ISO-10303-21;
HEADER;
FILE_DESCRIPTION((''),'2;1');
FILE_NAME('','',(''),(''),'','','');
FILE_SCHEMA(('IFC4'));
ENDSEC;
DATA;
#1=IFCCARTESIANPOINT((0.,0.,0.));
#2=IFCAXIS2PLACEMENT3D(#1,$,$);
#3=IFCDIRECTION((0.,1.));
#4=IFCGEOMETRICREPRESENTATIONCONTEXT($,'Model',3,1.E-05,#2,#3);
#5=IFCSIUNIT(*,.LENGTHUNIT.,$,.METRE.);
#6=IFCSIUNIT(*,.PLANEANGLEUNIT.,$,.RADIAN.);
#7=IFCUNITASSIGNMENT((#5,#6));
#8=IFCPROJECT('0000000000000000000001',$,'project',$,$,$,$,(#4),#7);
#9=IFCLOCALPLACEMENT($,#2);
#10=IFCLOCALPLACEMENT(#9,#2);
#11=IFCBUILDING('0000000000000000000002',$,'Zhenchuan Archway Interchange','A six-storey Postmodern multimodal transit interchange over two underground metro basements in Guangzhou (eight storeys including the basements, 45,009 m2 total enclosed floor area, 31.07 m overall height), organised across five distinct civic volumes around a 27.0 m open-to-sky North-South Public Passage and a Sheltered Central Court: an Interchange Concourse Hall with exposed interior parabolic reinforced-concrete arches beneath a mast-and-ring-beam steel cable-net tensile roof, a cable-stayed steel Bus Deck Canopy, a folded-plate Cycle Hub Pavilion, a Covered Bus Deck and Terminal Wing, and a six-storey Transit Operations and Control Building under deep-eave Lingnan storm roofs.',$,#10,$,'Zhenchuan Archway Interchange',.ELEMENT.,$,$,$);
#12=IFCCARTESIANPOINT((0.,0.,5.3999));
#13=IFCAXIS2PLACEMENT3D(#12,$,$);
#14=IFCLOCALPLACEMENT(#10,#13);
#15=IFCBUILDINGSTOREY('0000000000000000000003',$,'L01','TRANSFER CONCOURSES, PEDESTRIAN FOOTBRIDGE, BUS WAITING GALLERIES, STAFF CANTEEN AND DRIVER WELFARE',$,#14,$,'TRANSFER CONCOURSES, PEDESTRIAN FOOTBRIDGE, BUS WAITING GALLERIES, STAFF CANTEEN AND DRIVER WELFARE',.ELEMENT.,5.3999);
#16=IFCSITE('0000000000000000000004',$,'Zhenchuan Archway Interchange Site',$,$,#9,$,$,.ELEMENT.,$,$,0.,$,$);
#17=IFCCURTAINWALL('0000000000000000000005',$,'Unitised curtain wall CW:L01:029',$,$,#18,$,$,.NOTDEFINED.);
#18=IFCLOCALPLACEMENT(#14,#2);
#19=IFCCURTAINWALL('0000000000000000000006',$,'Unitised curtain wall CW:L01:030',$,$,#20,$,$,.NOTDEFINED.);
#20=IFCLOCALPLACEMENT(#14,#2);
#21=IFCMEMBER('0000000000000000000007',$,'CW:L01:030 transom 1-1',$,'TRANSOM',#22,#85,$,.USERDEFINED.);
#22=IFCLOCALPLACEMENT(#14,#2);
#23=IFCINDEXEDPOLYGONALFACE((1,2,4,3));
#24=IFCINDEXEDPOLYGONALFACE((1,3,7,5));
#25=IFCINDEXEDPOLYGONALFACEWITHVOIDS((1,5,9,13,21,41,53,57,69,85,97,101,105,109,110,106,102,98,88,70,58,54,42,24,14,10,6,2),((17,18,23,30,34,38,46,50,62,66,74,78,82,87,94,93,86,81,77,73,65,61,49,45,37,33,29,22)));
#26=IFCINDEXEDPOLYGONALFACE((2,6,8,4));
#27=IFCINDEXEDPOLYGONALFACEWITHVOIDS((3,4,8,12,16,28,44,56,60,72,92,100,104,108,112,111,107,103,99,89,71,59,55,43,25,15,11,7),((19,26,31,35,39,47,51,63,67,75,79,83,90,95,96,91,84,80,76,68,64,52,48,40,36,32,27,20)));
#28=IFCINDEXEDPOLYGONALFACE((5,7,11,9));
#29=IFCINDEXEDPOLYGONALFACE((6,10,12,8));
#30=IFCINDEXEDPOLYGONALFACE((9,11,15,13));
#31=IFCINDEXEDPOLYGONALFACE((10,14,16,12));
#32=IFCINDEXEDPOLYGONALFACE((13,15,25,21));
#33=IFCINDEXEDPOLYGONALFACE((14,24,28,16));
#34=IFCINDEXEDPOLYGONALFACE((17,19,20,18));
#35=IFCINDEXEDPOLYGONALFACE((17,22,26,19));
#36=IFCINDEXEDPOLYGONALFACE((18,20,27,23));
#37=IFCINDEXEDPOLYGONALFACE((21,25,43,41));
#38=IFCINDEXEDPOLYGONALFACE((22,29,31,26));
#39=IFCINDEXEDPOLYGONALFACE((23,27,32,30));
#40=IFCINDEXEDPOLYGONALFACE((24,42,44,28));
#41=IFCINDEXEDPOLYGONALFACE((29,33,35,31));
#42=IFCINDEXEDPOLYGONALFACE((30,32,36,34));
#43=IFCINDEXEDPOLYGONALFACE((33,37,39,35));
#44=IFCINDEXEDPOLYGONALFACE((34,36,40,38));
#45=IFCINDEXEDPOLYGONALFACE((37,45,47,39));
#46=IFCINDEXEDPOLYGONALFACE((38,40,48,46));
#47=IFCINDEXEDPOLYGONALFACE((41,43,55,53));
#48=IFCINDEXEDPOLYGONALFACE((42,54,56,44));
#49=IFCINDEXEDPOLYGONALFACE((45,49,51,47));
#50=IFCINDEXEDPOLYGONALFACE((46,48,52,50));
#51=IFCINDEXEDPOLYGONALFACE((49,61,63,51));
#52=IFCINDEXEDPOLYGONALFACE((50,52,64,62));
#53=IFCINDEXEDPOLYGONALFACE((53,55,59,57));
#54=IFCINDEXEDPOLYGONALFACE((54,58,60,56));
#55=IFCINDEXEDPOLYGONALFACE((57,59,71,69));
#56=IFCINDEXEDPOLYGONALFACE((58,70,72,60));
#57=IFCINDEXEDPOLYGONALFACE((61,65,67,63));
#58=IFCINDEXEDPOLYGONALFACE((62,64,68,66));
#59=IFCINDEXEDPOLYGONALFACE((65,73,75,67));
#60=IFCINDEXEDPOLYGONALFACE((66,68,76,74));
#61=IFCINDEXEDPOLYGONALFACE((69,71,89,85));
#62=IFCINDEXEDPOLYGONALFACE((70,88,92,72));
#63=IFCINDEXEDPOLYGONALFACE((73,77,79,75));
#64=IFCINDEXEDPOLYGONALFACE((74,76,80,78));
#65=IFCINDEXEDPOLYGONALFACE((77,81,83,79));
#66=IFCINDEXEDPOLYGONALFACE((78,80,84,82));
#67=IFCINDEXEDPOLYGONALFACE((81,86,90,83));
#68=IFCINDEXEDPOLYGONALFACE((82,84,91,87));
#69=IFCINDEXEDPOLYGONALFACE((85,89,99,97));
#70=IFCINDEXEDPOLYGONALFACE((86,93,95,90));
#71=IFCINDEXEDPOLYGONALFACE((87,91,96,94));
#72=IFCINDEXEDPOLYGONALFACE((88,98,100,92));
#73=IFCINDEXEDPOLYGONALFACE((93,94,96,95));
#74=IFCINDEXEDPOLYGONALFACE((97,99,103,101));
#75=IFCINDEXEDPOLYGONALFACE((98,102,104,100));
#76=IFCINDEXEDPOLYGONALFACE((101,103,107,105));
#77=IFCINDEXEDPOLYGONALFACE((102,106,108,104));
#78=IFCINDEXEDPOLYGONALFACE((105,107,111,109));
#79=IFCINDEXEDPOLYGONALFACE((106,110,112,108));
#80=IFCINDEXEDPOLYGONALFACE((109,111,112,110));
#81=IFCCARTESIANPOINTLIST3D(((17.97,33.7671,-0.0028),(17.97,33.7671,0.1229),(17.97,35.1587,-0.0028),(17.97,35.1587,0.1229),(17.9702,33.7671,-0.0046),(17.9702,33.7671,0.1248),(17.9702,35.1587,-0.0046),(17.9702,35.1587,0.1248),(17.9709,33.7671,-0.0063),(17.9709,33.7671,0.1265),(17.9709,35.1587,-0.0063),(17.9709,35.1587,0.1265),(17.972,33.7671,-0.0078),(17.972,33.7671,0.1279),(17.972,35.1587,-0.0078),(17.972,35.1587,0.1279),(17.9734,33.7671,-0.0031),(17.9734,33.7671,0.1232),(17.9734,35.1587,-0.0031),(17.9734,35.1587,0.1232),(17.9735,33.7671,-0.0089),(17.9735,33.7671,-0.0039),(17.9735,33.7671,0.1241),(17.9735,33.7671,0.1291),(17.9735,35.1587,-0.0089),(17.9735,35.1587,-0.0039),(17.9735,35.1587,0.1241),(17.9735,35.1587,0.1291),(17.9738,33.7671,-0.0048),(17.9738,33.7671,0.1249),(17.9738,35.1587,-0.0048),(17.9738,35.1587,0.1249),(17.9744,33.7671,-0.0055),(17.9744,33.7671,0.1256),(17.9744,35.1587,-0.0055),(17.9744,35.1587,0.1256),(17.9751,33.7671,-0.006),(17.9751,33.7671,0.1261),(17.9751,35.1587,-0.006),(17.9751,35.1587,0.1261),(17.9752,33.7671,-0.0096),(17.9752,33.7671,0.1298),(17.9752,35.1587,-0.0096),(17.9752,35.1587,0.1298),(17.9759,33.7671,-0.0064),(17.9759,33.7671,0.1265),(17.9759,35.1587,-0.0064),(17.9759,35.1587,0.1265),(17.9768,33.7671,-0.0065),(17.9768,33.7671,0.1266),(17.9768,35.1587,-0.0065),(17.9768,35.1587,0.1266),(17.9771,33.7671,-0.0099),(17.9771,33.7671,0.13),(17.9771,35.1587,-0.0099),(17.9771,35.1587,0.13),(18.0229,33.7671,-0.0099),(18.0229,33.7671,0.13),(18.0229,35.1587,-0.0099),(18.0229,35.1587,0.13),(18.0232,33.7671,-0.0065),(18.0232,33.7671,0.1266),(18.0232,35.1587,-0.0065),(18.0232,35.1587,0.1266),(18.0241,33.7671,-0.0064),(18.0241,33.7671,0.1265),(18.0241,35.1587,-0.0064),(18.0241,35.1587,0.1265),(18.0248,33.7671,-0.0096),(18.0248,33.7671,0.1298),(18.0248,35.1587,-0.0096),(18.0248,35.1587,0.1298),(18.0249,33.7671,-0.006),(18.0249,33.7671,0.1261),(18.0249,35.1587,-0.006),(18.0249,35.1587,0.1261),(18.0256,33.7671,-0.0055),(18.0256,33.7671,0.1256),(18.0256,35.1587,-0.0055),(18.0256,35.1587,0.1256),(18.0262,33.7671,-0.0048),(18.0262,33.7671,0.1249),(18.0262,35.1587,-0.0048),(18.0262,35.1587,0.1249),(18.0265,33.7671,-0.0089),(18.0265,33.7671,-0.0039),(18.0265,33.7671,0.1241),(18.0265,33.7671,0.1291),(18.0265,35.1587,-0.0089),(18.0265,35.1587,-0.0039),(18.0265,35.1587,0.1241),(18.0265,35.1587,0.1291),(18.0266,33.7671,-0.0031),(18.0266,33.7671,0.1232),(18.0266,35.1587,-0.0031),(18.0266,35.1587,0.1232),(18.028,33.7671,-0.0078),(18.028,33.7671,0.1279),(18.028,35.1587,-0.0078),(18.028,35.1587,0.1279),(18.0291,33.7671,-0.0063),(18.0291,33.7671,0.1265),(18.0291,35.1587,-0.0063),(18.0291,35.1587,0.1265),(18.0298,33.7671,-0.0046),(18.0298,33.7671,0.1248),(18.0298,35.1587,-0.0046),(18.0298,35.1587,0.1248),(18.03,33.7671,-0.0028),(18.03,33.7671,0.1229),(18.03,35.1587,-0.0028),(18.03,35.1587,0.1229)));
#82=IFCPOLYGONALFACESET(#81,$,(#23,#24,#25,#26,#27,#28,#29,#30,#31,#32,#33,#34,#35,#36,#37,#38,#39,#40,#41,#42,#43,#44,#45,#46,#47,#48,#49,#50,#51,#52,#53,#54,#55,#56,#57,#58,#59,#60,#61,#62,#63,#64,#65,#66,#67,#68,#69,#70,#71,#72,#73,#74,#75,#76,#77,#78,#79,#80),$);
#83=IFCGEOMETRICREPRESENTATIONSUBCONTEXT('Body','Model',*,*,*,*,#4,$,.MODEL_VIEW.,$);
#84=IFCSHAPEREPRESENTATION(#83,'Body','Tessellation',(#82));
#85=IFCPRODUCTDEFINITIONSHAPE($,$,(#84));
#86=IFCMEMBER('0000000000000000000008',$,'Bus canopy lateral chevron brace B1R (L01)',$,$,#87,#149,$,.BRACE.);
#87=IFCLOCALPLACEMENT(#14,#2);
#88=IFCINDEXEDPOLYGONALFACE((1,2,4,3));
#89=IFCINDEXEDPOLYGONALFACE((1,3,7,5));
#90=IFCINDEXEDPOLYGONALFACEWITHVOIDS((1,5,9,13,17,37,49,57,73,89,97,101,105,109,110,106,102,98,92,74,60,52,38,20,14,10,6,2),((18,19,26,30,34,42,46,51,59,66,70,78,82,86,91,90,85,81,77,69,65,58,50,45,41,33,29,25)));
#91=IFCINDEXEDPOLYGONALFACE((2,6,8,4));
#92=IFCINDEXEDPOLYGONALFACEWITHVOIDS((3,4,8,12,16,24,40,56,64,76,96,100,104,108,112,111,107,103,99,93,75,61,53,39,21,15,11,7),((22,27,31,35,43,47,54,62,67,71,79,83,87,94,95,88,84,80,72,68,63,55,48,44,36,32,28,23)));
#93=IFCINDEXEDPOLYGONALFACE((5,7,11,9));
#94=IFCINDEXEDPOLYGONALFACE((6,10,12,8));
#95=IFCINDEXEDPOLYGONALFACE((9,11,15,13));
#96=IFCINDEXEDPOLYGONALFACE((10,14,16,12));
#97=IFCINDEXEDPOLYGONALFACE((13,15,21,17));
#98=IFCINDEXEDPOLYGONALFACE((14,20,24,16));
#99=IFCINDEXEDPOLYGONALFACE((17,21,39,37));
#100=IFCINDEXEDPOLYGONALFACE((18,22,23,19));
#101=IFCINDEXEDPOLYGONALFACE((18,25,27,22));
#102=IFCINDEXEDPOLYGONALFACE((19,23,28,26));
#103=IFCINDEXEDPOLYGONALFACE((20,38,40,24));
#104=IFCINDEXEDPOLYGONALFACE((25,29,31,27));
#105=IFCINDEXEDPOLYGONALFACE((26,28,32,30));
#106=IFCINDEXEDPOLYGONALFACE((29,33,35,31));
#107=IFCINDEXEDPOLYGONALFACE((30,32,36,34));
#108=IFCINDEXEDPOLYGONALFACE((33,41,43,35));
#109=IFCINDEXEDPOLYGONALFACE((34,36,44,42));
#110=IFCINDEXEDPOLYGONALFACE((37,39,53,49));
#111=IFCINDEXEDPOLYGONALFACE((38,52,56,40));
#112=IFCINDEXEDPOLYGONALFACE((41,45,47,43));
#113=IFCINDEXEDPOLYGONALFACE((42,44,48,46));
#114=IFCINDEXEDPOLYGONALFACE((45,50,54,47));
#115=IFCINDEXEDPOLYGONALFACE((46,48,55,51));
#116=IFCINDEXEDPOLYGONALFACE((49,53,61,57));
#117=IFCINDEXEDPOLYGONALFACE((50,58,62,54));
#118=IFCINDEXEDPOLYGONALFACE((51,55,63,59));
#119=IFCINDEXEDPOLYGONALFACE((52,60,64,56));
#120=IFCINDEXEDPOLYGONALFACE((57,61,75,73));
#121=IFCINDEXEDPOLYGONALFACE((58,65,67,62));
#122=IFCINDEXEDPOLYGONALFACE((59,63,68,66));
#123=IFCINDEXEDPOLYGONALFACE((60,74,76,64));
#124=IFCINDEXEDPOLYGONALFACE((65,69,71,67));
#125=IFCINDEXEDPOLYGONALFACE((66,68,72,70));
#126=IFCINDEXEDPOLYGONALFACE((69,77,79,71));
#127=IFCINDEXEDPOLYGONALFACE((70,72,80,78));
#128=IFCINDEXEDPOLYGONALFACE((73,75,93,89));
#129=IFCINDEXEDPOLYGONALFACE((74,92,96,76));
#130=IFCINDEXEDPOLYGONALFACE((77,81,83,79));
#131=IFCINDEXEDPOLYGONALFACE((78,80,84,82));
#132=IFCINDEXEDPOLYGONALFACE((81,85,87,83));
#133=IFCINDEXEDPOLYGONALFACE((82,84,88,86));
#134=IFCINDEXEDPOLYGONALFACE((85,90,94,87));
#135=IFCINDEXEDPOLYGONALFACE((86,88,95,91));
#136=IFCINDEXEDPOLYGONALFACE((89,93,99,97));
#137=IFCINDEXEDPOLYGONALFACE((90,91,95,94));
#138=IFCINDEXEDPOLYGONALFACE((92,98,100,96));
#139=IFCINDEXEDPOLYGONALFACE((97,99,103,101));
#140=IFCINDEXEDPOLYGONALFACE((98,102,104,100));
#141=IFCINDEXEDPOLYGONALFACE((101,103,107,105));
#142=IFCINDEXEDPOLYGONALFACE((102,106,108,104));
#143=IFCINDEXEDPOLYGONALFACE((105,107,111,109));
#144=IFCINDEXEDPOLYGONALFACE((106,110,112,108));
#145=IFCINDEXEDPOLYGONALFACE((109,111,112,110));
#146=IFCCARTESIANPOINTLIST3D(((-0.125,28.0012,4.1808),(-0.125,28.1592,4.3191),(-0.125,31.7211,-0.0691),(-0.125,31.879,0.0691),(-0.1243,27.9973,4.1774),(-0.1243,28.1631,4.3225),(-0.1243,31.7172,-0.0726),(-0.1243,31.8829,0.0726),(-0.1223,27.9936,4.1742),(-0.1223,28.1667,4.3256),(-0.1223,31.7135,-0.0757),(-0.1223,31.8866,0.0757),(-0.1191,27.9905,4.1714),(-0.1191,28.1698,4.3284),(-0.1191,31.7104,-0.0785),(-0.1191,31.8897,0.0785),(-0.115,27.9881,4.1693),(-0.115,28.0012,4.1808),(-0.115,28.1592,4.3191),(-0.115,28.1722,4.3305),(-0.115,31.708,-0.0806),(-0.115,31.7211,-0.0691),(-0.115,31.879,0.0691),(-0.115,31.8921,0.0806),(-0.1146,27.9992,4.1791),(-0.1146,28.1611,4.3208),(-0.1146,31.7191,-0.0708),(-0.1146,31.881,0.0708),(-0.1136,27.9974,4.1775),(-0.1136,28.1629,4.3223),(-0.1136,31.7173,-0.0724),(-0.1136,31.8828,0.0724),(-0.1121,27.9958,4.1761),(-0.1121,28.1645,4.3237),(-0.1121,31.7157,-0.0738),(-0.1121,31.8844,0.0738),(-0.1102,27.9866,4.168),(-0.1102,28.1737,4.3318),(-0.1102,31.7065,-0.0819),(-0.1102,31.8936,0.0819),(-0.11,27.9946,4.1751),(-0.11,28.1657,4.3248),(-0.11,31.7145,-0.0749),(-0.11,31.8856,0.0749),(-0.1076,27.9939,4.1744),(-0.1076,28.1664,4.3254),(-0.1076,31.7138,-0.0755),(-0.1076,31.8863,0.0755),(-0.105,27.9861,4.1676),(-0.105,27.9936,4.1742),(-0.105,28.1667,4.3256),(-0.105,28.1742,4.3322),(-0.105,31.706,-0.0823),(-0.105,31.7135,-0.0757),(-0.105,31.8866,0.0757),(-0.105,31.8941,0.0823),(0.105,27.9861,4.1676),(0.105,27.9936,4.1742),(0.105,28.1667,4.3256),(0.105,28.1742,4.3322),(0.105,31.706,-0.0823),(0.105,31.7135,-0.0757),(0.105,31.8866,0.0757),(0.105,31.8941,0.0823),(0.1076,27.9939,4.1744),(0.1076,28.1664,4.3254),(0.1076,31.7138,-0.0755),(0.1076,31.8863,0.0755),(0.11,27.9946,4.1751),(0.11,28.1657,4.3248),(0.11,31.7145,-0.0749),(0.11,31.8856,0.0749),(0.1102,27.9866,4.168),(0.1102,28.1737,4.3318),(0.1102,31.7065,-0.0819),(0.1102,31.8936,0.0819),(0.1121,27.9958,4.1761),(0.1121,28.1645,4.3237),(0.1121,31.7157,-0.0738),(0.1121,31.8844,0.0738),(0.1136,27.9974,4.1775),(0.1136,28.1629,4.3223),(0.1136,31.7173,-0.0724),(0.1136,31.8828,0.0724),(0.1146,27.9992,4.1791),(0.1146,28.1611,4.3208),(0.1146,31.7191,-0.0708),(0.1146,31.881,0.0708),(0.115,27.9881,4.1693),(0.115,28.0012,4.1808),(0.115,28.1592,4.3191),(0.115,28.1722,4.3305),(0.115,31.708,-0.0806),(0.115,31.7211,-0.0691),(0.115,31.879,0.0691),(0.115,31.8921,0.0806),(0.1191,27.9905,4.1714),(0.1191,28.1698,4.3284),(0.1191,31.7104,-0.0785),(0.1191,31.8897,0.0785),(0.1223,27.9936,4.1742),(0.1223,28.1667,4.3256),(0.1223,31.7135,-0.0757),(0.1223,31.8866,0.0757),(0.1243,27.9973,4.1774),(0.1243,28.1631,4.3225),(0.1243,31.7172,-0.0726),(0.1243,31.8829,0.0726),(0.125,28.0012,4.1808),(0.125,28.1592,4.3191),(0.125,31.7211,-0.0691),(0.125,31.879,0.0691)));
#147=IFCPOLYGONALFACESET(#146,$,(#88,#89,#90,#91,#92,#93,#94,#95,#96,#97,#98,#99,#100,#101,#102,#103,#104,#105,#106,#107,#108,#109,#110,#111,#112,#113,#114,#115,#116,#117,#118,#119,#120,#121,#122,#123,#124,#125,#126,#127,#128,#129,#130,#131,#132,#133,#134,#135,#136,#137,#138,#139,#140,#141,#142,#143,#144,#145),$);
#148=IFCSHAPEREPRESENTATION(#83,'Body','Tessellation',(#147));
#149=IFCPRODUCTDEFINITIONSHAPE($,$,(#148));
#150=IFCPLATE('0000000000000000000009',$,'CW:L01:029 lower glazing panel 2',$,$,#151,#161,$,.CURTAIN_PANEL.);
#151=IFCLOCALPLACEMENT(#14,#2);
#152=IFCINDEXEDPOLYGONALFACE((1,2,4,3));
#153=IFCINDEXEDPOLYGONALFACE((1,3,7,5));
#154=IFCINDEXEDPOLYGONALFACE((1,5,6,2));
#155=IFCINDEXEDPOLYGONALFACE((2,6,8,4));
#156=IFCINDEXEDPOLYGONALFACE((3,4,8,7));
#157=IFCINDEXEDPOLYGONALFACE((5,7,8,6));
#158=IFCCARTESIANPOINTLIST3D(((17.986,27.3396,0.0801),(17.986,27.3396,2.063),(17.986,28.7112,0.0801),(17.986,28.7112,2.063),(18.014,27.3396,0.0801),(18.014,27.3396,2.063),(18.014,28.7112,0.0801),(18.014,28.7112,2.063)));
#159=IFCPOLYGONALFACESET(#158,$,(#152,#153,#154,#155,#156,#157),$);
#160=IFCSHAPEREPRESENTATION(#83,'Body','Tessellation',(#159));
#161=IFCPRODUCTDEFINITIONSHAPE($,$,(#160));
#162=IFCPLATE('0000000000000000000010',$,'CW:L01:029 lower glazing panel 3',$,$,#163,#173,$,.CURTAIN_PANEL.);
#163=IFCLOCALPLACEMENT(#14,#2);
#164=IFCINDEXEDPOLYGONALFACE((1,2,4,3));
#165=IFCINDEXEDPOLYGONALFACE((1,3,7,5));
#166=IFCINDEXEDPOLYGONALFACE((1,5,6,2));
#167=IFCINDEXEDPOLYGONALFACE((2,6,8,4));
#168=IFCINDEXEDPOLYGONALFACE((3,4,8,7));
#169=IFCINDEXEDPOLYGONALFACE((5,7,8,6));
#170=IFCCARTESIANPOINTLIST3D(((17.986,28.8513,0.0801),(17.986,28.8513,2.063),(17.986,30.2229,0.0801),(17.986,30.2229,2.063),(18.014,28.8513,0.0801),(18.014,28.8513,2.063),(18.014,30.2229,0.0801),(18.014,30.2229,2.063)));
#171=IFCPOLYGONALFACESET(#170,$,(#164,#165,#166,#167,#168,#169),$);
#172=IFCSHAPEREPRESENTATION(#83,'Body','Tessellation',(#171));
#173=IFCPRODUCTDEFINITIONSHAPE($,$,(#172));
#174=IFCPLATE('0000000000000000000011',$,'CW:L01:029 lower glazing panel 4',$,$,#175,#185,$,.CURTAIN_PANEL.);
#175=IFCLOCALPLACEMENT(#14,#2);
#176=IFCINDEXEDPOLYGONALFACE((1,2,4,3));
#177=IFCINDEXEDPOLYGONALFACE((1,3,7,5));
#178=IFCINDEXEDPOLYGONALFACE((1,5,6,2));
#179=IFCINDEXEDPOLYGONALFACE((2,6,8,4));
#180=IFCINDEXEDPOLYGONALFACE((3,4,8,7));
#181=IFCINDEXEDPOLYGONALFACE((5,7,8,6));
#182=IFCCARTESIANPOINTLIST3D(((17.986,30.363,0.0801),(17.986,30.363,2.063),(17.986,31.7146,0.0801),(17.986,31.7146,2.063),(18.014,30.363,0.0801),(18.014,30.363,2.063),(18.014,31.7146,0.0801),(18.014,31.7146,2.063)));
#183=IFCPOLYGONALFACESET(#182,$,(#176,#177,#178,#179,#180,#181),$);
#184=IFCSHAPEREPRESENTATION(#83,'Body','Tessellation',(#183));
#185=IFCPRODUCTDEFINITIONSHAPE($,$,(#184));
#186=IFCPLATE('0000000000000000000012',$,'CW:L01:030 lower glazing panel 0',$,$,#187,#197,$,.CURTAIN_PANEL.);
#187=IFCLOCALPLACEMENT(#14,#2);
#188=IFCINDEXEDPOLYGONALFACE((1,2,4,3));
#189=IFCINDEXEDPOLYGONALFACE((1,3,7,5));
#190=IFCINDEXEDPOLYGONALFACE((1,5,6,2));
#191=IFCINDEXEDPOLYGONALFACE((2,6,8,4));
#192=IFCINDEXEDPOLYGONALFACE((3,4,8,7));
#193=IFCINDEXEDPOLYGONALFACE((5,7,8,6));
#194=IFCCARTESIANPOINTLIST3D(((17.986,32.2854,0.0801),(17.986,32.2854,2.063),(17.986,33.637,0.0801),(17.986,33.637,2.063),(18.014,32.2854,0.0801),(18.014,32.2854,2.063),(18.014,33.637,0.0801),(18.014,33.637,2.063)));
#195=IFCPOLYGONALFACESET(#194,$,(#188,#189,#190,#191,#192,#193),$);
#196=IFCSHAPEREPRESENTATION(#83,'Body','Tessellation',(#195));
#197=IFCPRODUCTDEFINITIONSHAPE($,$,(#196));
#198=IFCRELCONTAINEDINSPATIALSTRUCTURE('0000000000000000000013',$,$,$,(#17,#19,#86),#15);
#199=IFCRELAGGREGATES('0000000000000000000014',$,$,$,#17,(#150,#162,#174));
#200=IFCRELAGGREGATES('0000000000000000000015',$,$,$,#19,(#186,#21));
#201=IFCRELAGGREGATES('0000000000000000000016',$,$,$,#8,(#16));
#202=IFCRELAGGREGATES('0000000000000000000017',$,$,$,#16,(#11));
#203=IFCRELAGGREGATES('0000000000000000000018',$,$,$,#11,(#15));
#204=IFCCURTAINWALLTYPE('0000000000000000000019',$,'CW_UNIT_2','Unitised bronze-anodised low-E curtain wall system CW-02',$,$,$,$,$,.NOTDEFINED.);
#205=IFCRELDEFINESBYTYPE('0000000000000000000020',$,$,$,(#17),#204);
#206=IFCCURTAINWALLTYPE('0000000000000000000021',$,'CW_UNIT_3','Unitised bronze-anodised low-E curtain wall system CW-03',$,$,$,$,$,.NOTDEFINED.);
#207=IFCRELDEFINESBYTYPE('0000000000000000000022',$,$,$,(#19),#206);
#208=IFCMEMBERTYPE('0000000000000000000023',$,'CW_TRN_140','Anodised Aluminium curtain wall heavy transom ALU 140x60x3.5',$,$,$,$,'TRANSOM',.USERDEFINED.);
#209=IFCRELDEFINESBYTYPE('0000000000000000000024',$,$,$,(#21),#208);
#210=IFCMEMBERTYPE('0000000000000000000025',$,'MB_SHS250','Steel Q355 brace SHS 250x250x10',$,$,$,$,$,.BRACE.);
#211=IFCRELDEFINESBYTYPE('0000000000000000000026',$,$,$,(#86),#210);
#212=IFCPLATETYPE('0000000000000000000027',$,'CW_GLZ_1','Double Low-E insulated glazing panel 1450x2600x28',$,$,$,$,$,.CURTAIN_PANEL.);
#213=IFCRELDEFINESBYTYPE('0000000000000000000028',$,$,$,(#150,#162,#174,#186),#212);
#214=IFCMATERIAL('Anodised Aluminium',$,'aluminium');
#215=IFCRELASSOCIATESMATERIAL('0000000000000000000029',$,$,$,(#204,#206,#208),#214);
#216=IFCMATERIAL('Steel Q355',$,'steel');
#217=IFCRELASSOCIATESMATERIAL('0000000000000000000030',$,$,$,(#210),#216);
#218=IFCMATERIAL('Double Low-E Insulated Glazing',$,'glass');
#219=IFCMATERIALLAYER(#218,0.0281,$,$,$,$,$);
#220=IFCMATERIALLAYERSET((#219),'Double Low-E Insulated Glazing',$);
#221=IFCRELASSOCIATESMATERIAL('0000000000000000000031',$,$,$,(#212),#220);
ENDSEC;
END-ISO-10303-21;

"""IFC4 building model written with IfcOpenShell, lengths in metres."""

from ifc_helpers import new_model, si_unit, direction, frame, origin, origin_2d, place, context, subcontext, project, spatial, rectangle, hollow_rectangle, extrude, material, layer, layer_set, material_profile, profile_set, type_object, element, aggregate, save


model = new_model("IFC4")

# Units and contexts
model_context = context("Model", 3, precision=1e-05, world=origin(), true_north=direction((0.0, 1.0)))
body_context = subcontext(model_context, "Body", "Model", "MODEL_VIEW")
ifc_project = project(units=[si_unit("LENGTHUNIT", "METRE"), si_unit("PLANEANGLEUNIT", "RADIAN")], contexts=[model_context])

# Site, building, storey
site_placement = place(None, origin())
site = spatial("IfcSite", under=ifc_project, at=site_placement, Name="Zhenchuan Archway Interchange Site", CompositionType="ELEMENT", RefElevation=0.0)
building_placement = place(site_placement, origin())
building = spatial("IfcBuilding", under=site, at=building_placement, Name="Zhenchuan Archway Interchange", Description="A six-storey Postmodern multimodal transit interchange over two underground metro basements in Guangzhou (eight storeys including the basements, 45,009 m2 total enclosed floor area, 31.07 m overall height), organised across five distinct civic volumes around a 27.0 m open-to-sky North-South Public Passage and a Sheltered Central Court: an Interchange Concourse Hall with exposed interior parabolic reinforced-concrete arches beneath a mast-and-ring-beam steel cable-net tensile roof, a cable-stayed steel Bus Deck Canopy, a folded-plate Cycle Hub Pavilion, a Covered Bus Deck and Terminal Wing, and a six-storey Transit Operations and Control Building under deep-eave Lingnan storm roofs.", LongName="Zhenchuan Archway Interchange", CompositionType="ELEMENT")
storey_placement = place(building_placement, frame((0.0, 0.0, 5.3999)))
storey = spatial("IfcBuildingStorey", under=building, at=storey_placement, Name="L01", Description="TRANSFER CONCOURSES, PEDESTRIAN FOOTBRIDGE, BUS WAITING GALLERIES, STAFF CANTEEN AND DRIVER WELFARE", LongName="TRANSFER CONCOURSES, PEDESTRIAN FOOTBRIDGE, BUS WAITING GALLERIES, STAFF CANTEEN AND DRIVER WELFARE", CompositionType="ELEMENT", Elevation=5.3999)

# Curtain walls
ifc_material_1 = material(Name="Anodised Aluminium", Category="aluminium")
curtain_wall_type_1 = type_object("IfcCurtainWallType", Name="CW_UNIT_2", Description="Unitised bronze-anodised low-E curtain wall system CW-02", PredefinedType="NOTDEFINED", material=ifc_material_1)
curtain_wall_1_placement = place(storey_placement, origin())
curtain_wall_1 = element("IfcCurtainWall", 1, at=curtain_wall_1_placement, inside=storey, type_object=curtain_wall_type_1, Name="Unitised curtain wall CW:L01:029", PredefinedType="NOTDEFINED")
curtain_wall_type_2 = type_object("IfcCurtainWallType", Name="CW_UNIT_3", Description="Unitised bronze-anodised low-E curtain wall system CW-03", PredefinedType="NOTDEFINED", material=ifc_material_1)
curtain_wall_2_placement = place(storey_placement, origin())
curtain_wall_2 = element("IfcCurtainWall", 2, at=curtain_wall_2_placement, inside=storey, type_object=curtain_wall_type_2, Name="Unitised curtain wall CW:L01:030", PredefinedType="NOTDEFINED")

# Members
ifc_material_profile_1 = material_profile(ifc_material_1, hollow_rectangle(XDim=0.0601, YDim=0.1399, WallThickness=0.0034, InnerFilletRadius=0.0034, OuterFilletRadius=0.0071, at=origin_2d()), Name="ALU 140x60x3.5")
ifc_profile_set_1 = profile_set([ifc_material_profile_1], Name="Anodised Aluminium")
member_type_1 = type_object("IfcMemberType", Name="CW_TRN_140", Description="Anodised Aluminium curtain wall heavy transom ALU 140x60x3.5", ElementType="TRANSOM", PredefinedType="USERDEFINED", material=ifc_profile_set_1)
member_1_placement = place(storey_placement, frame((18.0, 33.7671, 0.0601), z_axis=(0.0, 1.0, 0.0), x_axis=(-1.0, 0.0, 0.0)))
member_1 = element("IfcMember", 3, at=member_1_placement, type_object=member_type_1, Name="CW:L01:030 transom 1-1", ObjectType="TRANSOM", PredefinedType="USERDEFINED", context=body_context, shape_type="SweptSolid", body=[
    extrude(hollow_rectangle(XDim=0.0601, YDim=0.1399, WallThickness=0.0034, InnerFilletRadius=0.0034, OuterFilletRadius=0.0071, at=origin_2d()), origin(), (0.0, 0.0, 1.0), 1.3916),
])
ifc_material_2 = material(Name="Steel Q355", Category="steel")
ifc_material_profile_2 = material_profile(ifc_material_2, hollow_rectangle(XDim=0.25, YDim=0.25, WallThickness=0.01, InnerFilletRadius=0.01, OuterFilletRadius=0.02, at=origin_2d()), Name="SHS 250x250x10")
ifc_profile_set_2 = profile_set([ifc_material_profile_2], Name="Steel Q355")
member_type_2 = type_object("IfcMemberType", Name="MB_SHS250", Description="Steel Q355 brace SHS 250x250x10", PredefinedType="BRACE", material=ifc_profile_set_2)
member_2_placement = place(storey_placement, frame((0.0, 31.8, 0.0), z_axis=(0.0, -0.658627, 0.75247), x_axis=(1.0, 0.0, 0.0)))
element("IfcMember", 4, at=member_2_placement, inside=storey, type_object=member_type_2, Name="Bus canopy lateral chevron brace B1R (L01)", PredefinedType="BRACE", context=body_context, shape_type="SweptSolid", body=[
    extrude(hollow_rectangle(XDim=0.25, YDim=0.25, WallThickness=0.01, InnerFilletRadius=0.01, OuterFilletRadius=0.02, at=origin_2d()), origin(), (0.0, 0.0, 1.0), 5.6479),
])

# Plates
ifc_material_3 = material(Name="Double Low-E Insulated Glazing", Category="glass")
ifc_layer_1 = layer(ifc_material_3, 0.0281)
ifc_layer_set_1 = layer_set([ifc_layer_1], Name="Double Low-E Insulated Glazing")
plate_type_1 = type_object("IfcPlateType", Name="CW_GLZ_1", Description="Double Low-E insulated glazing panel 1450x2600x28", PredefinedType="CURTAIN_PANEL", material=ifc_layer_set_1)
plate_1_placement = place(storey_placement, frame((18.0, 28.0254, 0.0801), z_axis=(0.0, 0.0, 1.0), x_axis=(0.0, 1.0, 0.0)))
plate_1 = element("IfcPlate", 5, at=plate_1_placement, type_object=plate_type_1, Name="CW:L01:029 lower glazing panel 2", PredefinedType="CURTAIN_PANEL", context=body_context, shape_type="SweptSolid", body=[
    extrude(rectangle(XDim=1.3716, YDim=0.0281, at=origin_2d()), origin(), (0.0, 0.0, 1.0), 1.9829),
])
plate_2_placement = place(storey_placement, frame((18.0, 29.5371, 0.0801), z_axis=(0.0, 0.0, 1.0), x_axis=(0.0, 1.0, 0.0)))
plate_2 = element("IfcPlate", 6, at=plate_2_placement, type_object=plate_type_1, Name="CW:L01:029 lower glazing panel 3", PredefinedType="CURTAIN_PANEL", context=body_context, shape_type="SweptSolid", body=[
    extrude(rectangle(XDim=1.3716, YDim=0.0281, at=origin_2d()), origin(), (0.0, 0.0, 1.0), 1.9829),
])
plate_3_placement = place(storey_placement, frame((18.0, 31.0388, 0.0801), z_axis=(0.0, 0.0, 1.0), x_axis=(0.0, 1.0, 0.0)))
plate_3 = element("IfcPlate", 7, at=plate_3_placement, type_object=plate_type_1, Name="CW:L01:029 lower glazing panel 4", PredefinedType="CURTAIN_PANEL", context=body_context, shape_type="SweptSolid", body=[
    extrude(rectangle(XDim=1.3516, YDim=0.0281, at=origin_2d()), origin(), (0.0, 0.0, 1.0), 1.9829),
])
plate_4_placement = place(storey_placement, frame((18.0, 32.9612, 0.0801), z_axis=(0.0, 0.0, 1.0), x_axis=(0.0, 1.0, 0.0)))
plate_4 = element("IfcPlate", 8, at=plate_4_placement, type_object=plate_type_1, Name="CW:L01:030 lower glazing panel 0", PredefinedType="CURTAIN_PANEL", context=body_context, shape_type="SweptSolid", body=[
    extrude(rectangle(XDim=1.3516, YDim=0.0281, at=origin_2d()), origin(), (0.0, 0.0, 1.0), 1.9829),
])
aggregate(curtain_wall_1, [plate_1, plate_2, plate_3])
aggregate(curtain_wall_2, [plate_4, member_1])

save(model, "model.ifc")
